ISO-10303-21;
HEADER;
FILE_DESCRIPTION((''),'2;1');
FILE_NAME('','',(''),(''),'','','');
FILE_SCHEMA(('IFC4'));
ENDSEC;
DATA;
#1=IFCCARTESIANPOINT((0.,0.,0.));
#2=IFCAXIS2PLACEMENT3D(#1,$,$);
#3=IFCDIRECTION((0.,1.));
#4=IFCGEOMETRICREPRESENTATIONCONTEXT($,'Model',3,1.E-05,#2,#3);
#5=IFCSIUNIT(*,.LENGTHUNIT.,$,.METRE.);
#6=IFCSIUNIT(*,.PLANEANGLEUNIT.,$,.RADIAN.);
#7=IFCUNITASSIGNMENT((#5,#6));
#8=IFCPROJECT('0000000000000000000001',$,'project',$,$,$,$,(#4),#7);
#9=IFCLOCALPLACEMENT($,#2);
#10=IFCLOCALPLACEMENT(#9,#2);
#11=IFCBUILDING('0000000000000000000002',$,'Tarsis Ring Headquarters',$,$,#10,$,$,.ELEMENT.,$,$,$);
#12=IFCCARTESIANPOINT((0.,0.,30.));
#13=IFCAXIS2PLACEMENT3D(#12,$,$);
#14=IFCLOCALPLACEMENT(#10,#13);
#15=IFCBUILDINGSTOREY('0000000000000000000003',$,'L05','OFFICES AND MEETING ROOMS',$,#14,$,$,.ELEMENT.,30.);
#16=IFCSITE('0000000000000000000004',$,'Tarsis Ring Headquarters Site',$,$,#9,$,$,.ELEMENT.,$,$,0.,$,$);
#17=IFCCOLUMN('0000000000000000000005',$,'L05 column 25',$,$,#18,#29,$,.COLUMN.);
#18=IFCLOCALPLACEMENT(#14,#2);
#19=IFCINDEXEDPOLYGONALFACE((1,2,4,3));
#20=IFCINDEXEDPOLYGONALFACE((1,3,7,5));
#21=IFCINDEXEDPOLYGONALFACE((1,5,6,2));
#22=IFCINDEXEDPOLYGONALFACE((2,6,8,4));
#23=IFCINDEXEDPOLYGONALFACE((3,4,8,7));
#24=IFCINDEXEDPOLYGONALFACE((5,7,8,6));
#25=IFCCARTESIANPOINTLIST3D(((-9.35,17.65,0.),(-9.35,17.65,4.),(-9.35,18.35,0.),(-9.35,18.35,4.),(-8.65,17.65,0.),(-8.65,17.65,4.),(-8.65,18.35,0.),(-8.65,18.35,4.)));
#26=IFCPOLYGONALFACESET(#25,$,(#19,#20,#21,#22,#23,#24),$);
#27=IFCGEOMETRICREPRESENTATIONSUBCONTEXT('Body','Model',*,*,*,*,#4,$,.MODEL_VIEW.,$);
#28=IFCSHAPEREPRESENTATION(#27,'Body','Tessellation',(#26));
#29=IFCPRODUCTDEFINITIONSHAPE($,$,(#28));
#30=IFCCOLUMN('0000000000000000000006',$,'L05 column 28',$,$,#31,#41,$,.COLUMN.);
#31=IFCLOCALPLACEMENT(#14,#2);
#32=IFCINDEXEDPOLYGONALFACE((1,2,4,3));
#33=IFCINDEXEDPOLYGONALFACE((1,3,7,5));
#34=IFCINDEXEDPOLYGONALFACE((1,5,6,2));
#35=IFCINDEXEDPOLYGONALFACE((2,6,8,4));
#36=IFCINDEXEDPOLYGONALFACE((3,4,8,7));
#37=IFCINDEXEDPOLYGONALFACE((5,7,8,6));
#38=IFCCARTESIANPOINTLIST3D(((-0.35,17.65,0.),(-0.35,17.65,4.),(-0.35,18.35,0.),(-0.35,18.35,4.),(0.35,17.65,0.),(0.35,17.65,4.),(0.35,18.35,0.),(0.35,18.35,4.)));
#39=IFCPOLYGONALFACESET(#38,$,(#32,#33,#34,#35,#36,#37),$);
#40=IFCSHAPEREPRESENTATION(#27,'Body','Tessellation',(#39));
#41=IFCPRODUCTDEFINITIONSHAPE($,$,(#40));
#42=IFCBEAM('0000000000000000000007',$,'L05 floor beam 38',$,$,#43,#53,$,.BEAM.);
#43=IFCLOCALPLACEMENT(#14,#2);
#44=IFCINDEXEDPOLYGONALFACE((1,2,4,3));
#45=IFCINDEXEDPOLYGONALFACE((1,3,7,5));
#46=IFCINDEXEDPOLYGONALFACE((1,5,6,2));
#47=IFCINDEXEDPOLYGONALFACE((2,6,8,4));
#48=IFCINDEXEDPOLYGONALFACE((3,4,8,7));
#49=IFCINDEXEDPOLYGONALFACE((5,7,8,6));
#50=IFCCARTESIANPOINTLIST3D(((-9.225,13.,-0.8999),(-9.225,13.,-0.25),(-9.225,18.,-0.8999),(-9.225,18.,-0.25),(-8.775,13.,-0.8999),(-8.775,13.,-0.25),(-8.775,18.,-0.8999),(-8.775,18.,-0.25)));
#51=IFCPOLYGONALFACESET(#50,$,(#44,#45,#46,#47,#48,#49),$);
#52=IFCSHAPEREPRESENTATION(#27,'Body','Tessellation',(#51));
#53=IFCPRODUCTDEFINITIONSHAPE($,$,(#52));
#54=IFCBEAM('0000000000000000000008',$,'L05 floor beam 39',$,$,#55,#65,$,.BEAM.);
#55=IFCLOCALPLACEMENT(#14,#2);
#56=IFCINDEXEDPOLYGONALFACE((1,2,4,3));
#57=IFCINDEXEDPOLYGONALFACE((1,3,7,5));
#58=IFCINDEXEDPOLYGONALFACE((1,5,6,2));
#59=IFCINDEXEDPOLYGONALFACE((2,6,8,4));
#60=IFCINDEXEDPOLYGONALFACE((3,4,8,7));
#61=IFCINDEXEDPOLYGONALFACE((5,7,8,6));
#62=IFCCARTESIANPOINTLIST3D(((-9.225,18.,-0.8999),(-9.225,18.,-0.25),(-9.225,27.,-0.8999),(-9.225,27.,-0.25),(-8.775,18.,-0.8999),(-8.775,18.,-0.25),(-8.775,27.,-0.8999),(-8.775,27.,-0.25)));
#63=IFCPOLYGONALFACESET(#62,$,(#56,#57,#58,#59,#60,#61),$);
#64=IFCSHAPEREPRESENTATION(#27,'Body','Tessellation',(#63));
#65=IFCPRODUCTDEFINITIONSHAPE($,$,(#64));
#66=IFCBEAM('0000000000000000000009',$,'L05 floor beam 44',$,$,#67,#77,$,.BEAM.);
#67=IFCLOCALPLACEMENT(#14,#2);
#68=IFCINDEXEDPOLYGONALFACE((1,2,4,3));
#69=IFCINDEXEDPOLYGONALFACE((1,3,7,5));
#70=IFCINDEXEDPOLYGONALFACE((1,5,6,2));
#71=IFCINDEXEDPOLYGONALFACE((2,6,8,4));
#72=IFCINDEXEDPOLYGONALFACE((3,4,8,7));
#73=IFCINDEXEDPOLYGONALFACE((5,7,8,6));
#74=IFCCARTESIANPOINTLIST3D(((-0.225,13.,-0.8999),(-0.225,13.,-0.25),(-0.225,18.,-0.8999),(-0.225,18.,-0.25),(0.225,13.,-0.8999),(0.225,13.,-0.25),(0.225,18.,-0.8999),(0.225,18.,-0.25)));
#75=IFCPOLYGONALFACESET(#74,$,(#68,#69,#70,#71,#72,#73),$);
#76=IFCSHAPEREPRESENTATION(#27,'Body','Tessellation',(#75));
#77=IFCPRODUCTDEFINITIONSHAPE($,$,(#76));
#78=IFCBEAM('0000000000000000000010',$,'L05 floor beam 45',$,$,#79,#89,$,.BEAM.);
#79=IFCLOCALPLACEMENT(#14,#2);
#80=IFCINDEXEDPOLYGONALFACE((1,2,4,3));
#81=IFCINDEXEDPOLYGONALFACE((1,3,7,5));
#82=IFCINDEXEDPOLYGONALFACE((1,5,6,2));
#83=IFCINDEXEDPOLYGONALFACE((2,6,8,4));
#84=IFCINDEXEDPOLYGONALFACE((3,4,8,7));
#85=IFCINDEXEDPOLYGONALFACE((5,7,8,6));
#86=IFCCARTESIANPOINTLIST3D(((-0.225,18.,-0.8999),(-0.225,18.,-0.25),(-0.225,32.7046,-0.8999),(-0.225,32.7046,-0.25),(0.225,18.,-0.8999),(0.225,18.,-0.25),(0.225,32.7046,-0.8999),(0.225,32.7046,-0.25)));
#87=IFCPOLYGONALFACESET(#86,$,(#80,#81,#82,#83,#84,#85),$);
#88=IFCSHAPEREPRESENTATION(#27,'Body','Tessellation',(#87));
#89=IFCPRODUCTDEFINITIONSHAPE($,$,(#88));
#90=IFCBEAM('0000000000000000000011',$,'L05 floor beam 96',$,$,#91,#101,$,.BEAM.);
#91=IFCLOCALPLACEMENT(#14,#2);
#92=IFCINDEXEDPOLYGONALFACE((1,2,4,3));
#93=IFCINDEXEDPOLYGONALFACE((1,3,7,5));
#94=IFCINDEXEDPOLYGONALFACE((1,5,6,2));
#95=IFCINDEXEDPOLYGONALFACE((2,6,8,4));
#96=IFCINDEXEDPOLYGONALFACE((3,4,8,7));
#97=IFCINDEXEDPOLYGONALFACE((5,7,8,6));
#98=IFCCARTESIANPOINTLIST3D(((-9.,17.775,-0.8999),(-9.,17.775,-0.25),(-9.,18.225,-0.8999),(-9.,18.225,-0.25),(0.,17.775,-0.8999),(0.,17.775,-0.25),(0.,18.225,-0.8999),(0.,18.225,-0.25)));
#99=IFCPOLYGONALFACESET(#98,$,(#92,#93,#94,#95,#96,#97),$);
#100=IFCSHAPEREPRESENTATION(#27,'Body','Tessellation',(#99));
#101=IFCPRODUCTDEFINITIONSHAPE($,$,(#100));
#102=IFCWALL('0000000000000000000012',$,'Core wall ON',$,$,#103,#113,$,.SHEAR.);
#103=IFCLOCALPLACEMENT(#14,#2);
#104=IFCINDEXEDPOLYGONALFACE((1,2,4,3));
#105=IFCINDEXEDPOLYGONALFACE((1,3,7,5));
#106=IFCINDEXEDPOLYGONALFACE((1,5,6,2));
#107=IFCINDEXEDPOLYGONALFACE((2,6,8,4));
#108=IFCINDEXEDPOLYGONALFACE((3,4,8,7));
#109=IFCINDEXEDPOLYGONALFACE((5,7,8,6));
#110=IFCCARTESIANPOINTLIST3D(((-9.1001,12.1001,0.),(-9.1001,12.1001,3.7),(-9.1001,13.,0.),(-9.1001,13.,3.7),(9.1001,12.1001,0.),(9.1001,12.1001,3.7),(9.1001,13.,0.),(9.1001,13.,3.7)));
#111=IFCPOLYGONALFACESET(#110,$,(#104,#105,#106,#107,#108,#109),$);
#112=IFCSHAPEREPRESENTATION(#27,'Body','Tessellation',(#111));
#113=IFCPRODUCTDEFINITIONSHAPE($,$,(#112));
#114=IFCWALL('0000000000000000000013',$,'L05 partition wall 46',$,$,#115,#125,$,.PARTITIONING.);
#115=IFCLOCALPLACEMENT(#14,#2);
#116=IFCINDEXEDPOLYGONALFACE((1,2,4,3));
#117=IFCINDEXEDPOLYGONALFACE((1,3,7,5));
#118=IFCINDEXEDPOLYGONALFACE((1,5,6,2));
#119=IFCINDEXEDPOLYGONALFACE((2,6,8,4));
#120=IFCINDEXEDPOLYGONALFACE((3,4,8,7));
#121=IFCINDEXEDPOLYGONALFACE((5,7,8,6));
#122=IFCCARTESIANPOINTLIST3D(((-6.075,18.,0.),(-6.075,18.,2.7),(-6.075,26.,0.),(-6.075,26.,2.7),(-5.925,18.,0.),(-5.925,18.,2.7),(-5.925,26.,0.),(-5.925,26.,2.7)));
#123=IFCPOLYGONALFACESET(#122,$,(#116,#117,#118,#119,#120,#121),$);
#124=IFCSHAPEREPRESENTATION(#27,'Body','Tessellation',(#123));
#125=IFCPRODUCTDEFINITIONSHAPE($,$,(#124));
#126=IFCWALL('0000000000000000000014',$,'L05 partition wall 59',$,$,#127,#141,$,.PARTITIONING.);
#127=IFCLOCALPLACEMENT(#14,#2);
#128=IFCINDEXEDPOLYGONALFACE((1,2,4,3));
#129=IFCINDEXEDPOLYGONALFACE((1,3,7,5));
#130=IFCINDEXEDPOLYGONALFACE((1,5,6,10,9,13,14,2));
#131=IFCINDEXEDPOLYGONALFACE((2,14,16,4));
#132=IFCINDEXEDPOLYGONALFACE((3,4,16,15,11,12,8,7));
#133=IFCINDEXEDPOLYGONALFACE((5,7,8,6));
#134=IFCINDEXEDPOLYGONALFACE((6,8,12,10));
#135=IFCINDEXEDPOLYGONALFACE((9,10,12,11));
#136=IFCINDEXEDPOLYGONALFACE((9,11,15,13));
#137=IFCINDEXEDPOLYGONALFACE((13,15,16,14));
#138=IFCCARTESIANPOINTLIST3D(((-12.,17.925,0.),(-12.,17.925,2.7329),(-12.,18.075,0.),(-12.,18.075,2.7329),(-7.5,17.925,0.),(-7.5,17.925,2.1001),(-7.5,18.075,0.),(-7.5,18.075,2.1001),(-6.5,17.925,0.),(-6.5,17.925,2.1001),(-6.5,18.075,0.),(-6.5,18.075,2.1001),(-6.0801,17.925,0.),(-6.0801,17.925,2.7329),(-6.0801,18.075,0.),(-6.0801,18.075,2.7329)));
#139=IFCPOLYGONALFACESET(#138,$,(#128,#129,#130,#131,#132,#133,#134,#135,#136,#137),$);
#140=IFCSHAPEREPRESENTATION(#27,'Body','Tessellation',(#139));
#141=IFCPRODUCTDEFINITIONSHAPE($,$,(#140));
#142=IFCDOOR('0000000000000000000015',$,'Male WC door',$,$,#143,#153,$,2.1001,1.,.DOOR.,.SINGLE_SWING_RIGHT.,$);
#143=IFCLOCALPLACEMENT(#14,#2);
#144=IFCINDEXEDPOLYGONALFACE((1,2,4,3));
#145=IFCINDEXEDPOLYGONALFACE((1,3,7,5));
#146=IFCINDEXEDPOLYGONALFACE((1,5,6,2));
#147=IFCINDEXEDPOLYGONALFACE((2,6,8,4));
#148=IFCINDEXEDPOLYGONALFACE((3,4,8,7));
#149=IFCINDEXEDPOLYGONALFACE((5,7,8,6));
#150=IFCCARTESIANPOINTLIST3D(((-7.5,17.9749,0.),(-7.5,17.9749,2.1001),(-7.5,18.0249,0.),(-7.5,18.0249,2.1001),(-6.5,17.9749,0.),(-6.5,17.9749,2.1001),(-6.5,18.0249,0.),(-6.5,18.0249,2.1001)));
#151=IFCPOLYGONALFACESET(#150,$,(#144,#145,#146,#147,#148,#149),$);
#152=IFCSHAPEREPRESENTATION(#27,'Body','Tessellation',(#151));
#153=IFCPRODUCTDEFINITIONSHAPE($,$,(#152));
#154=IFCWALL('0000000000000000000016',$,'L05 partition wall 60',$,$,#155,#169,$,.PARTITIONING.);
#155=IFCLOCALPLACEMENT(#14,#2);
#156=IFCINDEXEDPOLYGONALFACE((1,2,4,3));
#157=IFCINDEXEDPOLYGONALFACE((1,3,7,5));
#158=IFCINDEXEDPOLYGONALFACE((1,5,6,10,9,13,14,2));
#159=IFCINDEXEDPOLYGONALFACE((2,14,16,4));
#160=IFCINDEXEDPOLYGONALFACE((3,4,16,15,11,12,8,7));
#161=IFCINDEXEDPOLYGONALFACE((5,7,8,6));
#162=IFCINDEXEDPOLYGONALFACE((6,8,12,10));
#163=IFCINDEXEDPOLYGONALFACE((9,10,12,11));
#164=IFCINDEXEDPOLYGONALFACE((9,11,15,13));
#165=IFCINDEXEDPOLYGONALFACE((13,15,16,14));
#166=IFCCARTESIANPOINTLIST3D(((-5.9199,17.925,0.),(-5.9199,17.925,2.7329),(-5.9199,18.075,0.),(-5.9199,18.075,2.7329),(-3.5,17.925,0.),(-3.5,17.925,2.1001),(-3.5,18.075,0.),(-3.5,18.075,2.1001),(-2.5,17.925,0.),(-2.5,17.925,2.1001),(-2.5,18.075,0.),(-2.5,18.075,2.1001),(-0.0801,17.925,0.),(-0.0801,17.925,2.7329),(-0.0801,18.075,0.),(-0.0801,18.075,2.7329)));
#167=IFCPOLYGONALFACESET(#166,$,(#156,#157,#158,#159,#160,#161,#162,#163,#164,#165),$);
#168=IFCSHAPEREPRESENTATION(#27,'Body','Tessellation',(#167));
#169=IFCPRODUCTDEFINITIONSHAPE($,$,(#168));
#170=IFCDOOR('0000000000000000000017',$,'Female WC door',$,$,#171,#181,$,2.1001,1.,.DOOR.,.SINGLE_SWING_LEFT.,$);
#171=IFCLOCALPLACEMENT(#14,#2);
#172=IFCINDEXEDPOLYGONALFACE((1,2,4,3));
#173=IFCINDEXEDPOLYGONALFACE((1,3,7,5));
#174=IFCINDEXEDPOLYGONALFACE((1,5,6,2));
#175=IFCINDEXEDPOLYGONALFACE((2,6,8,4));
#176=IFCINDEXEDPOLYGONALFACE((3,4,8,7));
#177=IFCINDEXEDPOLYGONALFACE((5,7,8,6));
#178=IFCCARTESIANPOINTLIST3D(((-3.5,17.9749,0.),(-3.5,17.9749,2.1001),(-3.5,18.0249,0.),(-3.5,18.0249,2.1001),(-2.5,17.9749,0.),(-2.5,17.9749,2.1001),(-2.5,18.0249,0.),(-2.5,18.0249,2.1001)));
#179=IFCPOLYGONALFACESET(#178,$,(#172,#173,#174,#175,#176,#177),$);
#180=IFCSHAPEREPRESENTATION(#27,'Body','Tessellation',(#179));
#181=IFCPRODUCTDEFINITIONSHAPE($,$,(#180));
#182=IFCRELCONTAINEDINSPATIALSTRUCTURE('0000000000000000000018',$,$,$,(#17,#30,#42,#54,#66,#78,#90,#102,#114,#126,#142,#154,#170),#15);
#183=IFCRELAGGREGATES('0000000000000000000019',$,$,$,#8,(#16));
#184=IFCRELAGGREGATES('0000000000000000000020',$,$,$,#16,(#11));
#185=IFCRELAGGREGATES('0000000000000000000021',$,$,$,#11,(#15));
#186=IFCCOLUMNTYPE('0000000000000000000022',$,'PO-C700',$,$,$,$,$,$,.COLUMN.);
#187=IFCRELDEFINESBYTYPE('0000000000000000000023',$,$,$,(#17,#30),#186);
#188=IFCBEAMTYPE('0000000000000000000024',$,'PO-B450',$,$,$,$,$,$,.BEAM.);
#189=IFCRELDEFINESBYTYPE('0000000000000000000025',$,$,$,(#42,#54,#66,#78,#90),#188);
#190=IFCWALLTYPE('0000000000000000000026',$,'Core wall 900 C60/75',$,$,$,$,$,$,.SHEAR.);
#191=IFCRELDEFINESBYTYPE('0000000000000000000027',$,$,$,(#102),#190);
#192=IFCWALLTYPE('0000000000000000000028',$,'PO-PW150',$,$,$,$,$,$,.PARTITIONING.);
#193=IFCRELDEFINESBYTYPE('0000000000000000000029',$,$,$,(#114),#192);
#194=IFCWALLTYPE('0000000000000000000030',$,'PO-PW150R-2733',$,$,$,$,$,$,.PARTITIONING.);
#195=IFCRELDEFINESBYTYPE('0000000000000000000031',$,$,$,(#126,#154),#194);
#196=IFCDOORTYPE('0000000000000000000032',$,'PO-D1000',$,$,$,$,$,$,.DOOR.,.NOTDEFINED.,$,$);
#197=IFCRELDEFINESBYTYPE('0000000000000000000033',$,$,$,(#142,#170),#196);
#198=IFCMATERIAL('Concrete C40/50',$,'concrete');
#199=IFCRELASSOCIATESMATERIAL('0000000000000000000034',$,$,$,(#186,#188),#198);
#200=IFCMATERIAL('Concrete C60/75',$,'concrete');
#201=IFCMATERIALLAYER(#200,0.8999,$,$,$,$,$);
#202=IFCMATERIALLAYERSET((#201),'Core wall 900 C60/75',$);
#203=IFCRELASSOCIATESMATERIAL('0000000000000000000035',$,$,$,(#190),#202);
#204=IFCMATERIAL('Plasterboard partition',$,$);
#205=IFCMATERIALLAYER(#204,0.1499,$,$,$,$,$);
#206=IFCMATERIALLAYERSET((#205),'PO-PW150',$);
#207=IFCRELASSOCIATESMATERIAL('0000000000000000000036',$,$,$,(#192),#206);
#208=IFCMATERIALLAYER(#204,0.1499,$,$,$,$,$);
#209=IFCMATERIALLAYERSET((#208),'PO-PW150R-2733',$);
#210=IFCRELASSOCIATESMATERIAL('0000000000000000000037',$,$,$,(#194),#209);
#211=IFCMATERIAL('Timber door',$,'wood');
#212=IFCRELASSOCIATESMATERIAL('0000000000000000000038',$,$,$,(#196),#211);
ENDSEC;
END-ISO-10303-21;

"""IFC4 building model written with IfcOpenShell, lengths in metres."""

from ifc_helpers import new_model, si_unit, direction, frame, frame_2d, origin, origin_2d, place, context, subcontext, project, spatial, rectangle, extrude, material, layer, layer_set, material_profile, profile_set, type_object, element, fill, save


model = new_model("IFC4")

# Units and contexts
model_context = context("Model", 3, precision=1e-05, world=origin(), true_north=direction((0.0, 1.0)))
body_context = subcontext(model_context, "Body", "Model", "MODEL_VIEW")
ifc_project = project(units=[si_unit("LENGTHUNIT", "METRE"), si_unit("PLANEANGLEUNIT", "RADIAN")], contexts=[model_context])

# Site, building, storey
site_placement = place(None, origin())
site = spatial("IfcSite", under=ifc_project, at=site_placement, Name="Tarsis Ring Headquarters Site", CompositionType="ELEMENT", RefElevation=0.0)
building_placement = place(site_placement, origin())
building = spatial("IfcBuilding", under=site, at=building_placement, Name="Tarsis Ring Headquarters", CompositionType="ELEMENT")
storey_placement = place(building_placement, frame((0.0, 0.0, 30.0)))
storey = spatial("IfcBuildingStorey", under=building, at=storey_placement, Name="L05", Description="OFFICES AND MEETING ROOMS", CompositionType="ELEMENT", Elevation=30.0)

# Columns
ifc_material_1 = material(Name="Concrete C40/50", Category="concrete")
ifc_material_profile_1 = material_profile(ifc_material_1, rectangle(XDim=0.7, YDim=0.7, at=origin_2d()), Name="PO-C700")
ifc_profile_set_1 = profile_set([ifc_material_profile_1], Name="Concrete C40/50")
column_type = type_object("IfcColumnType", Name="PO-C700", PredefinedType="COLUMN", material=ifc_profile_set_1)
for number, where, z_axis, x_axis, name in (
    (1, (-9.0, 18.0, 0.0), (0.0, 0.0, 1.0), (1.0, 0.0, 0.0), "L05 column 25"),
    (2, (0.0, 18.0, 0.0), (0.0, 0.0, 1.0), (1.0, 0.0, 0.0), "L05 column 28"),
):
    element("IfcColumn", number, at=place(storey_placement, frame(where, z_axis=z_axis, x_axis=x_axis)), inside=storey, type_object=column_type, Name=name, PredefinedType="COLUMN", context=body_context, shape_type="SweptSolid", body=[
        extrude(rectangle(XDim=0.7, YDim=0.7, at=origin_2d()), origin(), (0.0, 0.0, 1.0), 4.0),
    ])

# Beams
ifc_material_profile_2 = material_profile(ifc_material_1, rectangle(XDim=0.45, YDim=0.6499, at=origin_2d()), Name="PO-B450")
ifc_profile_set_2 = profile_set([ifc_material_profile_2], Name="Concrete C40/50")
beam_type = type_object("IfcBeamType", Name="PO-B450", PredefinedType="BEAM", material=ifc_profile_set_2)
beam_1_placement = place(storey_placement, frame((-9.0, 13.0, -0.575), z_axis=(0.0, 1.0, 0.0), x_axis=(-1.0, 0.0, 0.0)))
element("IfcBeam", 3, at=beam_1_placement, inside=storey, type_object=beam_type, Name="L05 floor beam 38", PredefinedType="BEAM", context=body_context, shape_type="SweptSolid", body=[
    extrude(rectangle(XDim=0.45, YDim=0.6499, at=origin_2d()), origin(), (0.0, 0.0, 1.0), 5.0),
])
beam_2_placement = place(storey_placement, frame((-9.0, 18.0, -0.575), z_axis=(0.0, 1.0, 0.0), x_axis=(-1.0, 0.0, 0.0)))
element("IfcBeam", 4, at=beam_2_placement, inside=storey, type_object=beam_type, Name="L05 floor beam 39", PredefinedType="BEAM", context=body_context, shape_type="SweptSolid", body=[
    extrude(rectangle(XDim=0.45, YDim=0.6499, at=origin_2d()), origin(), (0.0, 0.0, 1.0), 9.0),
])
beam_3_placement = place(storey_placement, frame((0.0, 13.0, -0.575), z_axis=(0.0, 1.0, 0.0), x_axis=(-1.0, 0.0, 0.0)))
element("IfcBeam", 5, at=beam_3_placement, inside=storey, type_object=beam_type, Name="L05 floor beam 44", PredefinedType="BEAM", context=body_context, shape_type="SweptSolid", body=[
    extrude(rectangle(XDim=0.45, YDim=0.6499, at=origin_2d()), origin(), (0.0, 0.0, 1.0), 5.0),
])
beam_4_placement = place(storey_placement, frame((0.0, 18.0, -0.575), z_axis=(0.0, 1.0, 0.0), x_axis=(-1.0, 0.0, 0.0)))
element("IfcBeam", 6, at=beam_4_placement, inside=storey, type_object=beam_type, Name="L05 floor beam 45", PredefinedType="BEAM", context=body_context, shape_type="SweptSolid", body=[
    extrude(rectangle(XDim=0.45, YDim=0.6499, at=origin_2d()), origin(), (0.0, 0.0, 1.0), 14.7046),
])
beam_5_placement = place(storey_placement, frame((-9.0, 18.0, -0.575), z_axis=(1.0, 0.0, 0.0), x_axis=(0.0, 1.0, 0.0)))
element("IfcBeam", 7, at=beam_5_placement, inside=storey, type_object=beam_type, Name="L05 floor beam 96", PredefinedType="BEAM", context=body_context, shape_type="SweptSolid", body=[
    extrude(rectangle(XDim=0.45, YDim=0.6499, at=origin_2d()), origin(), (0.0, 0.0, 1.0), 9.0),
])

# Walls
ifc_material_2 = material(Name="Concrete C60/75", Category="concrete")
ifc_layer_1 = layer(ifc_material_2, 0.8999)
ifc_layer_set_1 = layer_set([ifc_layer_1], Name="Core wall 900 C60/75")
wall_type_1 = type_object("IfcWallType", Name="Core wall 900 C60/75", PredefinedType="SHEAR", material=ifc_layer_set_1)
wall_1_placement = place(storey_placement, frame((-9.1001, 12.55, 0.0), z_axis=(0.0, 0.0, 1.0), x_axis=(1.0, 0.0, 0.0)))
element("IfcWall", 8, at=wall_1_placement, inside=storey, type_object=wall_type_1, Name="Core wall ON", PredefinedType="SHEAR", context=body_context, shape_type="SweptSolid", body=[
    extrude(rectangle(XDim=18.2002, YDim=0.8999, at=frame_2d((9.1001, 0.0))), origin(), (0.0, 0.0, 1.0), 3.7),
])
ifc_material_3 = material(Name="Plasterboard partition")
ifc_layer_2 = layer(ifc_material_3, 0.1499)
ifc_layer_set_2 = layer_set([ifc_layer_2], Name="PO-PW150")
wall_type_2 = type_object("IfcWallType", Name="PO-PW150", PredefinedType="PARTITIONING", material=ifc_layer_set_2)
wall_2_placement = place(storey_placement, frame((-6.0, 18.0, 0.0), z_axis=(0.0, 0.0, 1.0), x_axis=(0.0, 1.0, 0.0)))
element("IfcWall", 9, at=wall_2_placement, inside=storey, type_object=wall_type_2, Name="L05 partition wall 46", PredefinedType="PARTITIONING", context=body_context, shape_type="SweptSolid", body=[
    extrude(rectangle(XDim=8.0, YDim=0.1499, at=frame_2d((4.0, 0.0))), origin(), (0.0, 0.0, 1.0), 2.7),
])

# Walls, openings, doors
ifc_layer_3 = layer(ifc_material_3, 0.1499)
ifc_layer_set_3 = layer_set([ifc_layer_3], Name="PO-PW150R-2733")
wall_type_3 = type_object("IfcWallType", Name="PO-PW150R-2733", PredefinedType="PARTITIONING", material=ifc_layer_set_3)
wall_3_placement = place(storey_placement, frame((-12.0, 18.0, 0.0), z_axis=(0.0, 0.0, 1.0), x_axis=(1.0, 0.0, 0.0)))
wall_3 = element("IfcWall", 10, at=wall_3_placement, inside=storey, type_object=wall_type_3, Name="L05 partition wall 59", PredefinedType="PARTITIONING", context=body_context, shape_type="SweptSolid", body=[
    extrude(rectangle(XDim=5.9199, YDim=0.1499, at=frame_2d((2.96, 0.0))), origin(), (0.0, 0.0, 1.0), 2.7329),
])
opening_1_placement = place(wall_3_placement, frame((4.5, 0.0, 0.0)))
opening_1 = element("IfcOpeningElement", 11, at=opening_1_placement, cuts=wall_3, PredefinedType="OPENING", context=body_context, shape_type="SweptSolid", body=[
    extrude(rectangle(XDim=1.0, YDim=2.1001, at=frame_2d((0.5, 1.05))), frame((0.0, 0.085, 0.0), z_axis=(0.0, -1.0, 0.0), x_axis=(1.0, 0.0, 0.0)), (0.0, 0.0, 1.0), 0.1699),
])
ifc_material_4 = material(Name="Timber door", Category="wood")
door_type = type_object("IfcDoorType", Name="PO-D1000", OperationType="NOTDEFINED", PredefinedType="DOOR", material=ifc_material_4)
door_1_placement = place(opening_1_placement, origin())
door_1 = element("IfcDoor", 12, at=door_1_placement, inside=storey, type_object=door_type, Name="Male WC door", OperationType="SINGLE_SWING_RIGHT", OverallHeight=2.1001, OverallWidth=1.0, PredefinedType="DOOR", context=body_context, shape_type="SweptSolid", body=[
    extrude(rectangle(XDim=1.0, YDim=2.1001, at=frame_2d((0.5, 1.05))), frame((0.0, 0.0249, 0.0), z_axis=(0.0, -1.0, 0.0), x_axis=(1.0, 0.0, 0.0)), (0.0, 0.0, 1.0), 0.05),
])
fill(opening_1, door_1)
wall_4_placement = place(storey_placement, frame((-5.9199, 18.0, 0.0), z_axis=(0.0, 0.0, 1.0), x_axis=(1.0, 0.0, 0.0)))
wall_4 = element("IfcWall", 13, at=wall_4_placement, inside=storey, type_object=wall_type_3, Name="L05 partition wall 60", PredefinedType="PARTITIONING", context=body_context, shape_type="SweptSolid", body=[
    extrude(rectangle(XDim=5.8398, YDim=0.1499, at=frame_2d((2.9199, 0.0))), origin(), (0.0, 0.0, 1.0), 2.7329),
])
opening_2_placement = place(wall_4_placement, frame((2.4199, 0.0, 0.0)))
opening_2 = element("IfcOpeningElement", 14, at=opening_2_placement, cuts=wall_4, PredefinedType="OPENING", context=body_context, shape_type="SweptSolid", body=[
    extrude(rectangle(XDim=1.0, YDim=2.1001, at=frame_2d((0.5, 1.05))), frame((0.0, 0.085, 0.0), z_axis=(0.0, -1.0, 0.0), x_axis=(1.0, 0.0, 0.0)), (0.0, 0.0, 1.0), 0.1699),
])
door_2_placement = place(opening_2_placement, origin())
door_2 = element("IfcDoor", 15, at=door_2_placement, inside=storey, type_object=door_type, Name="Female WC door", OperationType="SINGLE_SWING_LEFT", OverallHeight=2.1001, OverallWidth=1.0, PredefinedType="DOOR", context=body_context, shape_type="SweptSolid", body=[
    extrude(rectangle(XDim=1.0, YDim=2.1001, at=frame_2d((0.5, 1.05))), frame((0.0, 0.0249, 0.0), z_axis=(0.0, -1.0, 0.0), x_axis=(1.0, 0.0, 0.0)), (0.0, 0.0, 1.0), 0.05),
])
fill(opening_2, door_2)

save(model, "model.ifc")
